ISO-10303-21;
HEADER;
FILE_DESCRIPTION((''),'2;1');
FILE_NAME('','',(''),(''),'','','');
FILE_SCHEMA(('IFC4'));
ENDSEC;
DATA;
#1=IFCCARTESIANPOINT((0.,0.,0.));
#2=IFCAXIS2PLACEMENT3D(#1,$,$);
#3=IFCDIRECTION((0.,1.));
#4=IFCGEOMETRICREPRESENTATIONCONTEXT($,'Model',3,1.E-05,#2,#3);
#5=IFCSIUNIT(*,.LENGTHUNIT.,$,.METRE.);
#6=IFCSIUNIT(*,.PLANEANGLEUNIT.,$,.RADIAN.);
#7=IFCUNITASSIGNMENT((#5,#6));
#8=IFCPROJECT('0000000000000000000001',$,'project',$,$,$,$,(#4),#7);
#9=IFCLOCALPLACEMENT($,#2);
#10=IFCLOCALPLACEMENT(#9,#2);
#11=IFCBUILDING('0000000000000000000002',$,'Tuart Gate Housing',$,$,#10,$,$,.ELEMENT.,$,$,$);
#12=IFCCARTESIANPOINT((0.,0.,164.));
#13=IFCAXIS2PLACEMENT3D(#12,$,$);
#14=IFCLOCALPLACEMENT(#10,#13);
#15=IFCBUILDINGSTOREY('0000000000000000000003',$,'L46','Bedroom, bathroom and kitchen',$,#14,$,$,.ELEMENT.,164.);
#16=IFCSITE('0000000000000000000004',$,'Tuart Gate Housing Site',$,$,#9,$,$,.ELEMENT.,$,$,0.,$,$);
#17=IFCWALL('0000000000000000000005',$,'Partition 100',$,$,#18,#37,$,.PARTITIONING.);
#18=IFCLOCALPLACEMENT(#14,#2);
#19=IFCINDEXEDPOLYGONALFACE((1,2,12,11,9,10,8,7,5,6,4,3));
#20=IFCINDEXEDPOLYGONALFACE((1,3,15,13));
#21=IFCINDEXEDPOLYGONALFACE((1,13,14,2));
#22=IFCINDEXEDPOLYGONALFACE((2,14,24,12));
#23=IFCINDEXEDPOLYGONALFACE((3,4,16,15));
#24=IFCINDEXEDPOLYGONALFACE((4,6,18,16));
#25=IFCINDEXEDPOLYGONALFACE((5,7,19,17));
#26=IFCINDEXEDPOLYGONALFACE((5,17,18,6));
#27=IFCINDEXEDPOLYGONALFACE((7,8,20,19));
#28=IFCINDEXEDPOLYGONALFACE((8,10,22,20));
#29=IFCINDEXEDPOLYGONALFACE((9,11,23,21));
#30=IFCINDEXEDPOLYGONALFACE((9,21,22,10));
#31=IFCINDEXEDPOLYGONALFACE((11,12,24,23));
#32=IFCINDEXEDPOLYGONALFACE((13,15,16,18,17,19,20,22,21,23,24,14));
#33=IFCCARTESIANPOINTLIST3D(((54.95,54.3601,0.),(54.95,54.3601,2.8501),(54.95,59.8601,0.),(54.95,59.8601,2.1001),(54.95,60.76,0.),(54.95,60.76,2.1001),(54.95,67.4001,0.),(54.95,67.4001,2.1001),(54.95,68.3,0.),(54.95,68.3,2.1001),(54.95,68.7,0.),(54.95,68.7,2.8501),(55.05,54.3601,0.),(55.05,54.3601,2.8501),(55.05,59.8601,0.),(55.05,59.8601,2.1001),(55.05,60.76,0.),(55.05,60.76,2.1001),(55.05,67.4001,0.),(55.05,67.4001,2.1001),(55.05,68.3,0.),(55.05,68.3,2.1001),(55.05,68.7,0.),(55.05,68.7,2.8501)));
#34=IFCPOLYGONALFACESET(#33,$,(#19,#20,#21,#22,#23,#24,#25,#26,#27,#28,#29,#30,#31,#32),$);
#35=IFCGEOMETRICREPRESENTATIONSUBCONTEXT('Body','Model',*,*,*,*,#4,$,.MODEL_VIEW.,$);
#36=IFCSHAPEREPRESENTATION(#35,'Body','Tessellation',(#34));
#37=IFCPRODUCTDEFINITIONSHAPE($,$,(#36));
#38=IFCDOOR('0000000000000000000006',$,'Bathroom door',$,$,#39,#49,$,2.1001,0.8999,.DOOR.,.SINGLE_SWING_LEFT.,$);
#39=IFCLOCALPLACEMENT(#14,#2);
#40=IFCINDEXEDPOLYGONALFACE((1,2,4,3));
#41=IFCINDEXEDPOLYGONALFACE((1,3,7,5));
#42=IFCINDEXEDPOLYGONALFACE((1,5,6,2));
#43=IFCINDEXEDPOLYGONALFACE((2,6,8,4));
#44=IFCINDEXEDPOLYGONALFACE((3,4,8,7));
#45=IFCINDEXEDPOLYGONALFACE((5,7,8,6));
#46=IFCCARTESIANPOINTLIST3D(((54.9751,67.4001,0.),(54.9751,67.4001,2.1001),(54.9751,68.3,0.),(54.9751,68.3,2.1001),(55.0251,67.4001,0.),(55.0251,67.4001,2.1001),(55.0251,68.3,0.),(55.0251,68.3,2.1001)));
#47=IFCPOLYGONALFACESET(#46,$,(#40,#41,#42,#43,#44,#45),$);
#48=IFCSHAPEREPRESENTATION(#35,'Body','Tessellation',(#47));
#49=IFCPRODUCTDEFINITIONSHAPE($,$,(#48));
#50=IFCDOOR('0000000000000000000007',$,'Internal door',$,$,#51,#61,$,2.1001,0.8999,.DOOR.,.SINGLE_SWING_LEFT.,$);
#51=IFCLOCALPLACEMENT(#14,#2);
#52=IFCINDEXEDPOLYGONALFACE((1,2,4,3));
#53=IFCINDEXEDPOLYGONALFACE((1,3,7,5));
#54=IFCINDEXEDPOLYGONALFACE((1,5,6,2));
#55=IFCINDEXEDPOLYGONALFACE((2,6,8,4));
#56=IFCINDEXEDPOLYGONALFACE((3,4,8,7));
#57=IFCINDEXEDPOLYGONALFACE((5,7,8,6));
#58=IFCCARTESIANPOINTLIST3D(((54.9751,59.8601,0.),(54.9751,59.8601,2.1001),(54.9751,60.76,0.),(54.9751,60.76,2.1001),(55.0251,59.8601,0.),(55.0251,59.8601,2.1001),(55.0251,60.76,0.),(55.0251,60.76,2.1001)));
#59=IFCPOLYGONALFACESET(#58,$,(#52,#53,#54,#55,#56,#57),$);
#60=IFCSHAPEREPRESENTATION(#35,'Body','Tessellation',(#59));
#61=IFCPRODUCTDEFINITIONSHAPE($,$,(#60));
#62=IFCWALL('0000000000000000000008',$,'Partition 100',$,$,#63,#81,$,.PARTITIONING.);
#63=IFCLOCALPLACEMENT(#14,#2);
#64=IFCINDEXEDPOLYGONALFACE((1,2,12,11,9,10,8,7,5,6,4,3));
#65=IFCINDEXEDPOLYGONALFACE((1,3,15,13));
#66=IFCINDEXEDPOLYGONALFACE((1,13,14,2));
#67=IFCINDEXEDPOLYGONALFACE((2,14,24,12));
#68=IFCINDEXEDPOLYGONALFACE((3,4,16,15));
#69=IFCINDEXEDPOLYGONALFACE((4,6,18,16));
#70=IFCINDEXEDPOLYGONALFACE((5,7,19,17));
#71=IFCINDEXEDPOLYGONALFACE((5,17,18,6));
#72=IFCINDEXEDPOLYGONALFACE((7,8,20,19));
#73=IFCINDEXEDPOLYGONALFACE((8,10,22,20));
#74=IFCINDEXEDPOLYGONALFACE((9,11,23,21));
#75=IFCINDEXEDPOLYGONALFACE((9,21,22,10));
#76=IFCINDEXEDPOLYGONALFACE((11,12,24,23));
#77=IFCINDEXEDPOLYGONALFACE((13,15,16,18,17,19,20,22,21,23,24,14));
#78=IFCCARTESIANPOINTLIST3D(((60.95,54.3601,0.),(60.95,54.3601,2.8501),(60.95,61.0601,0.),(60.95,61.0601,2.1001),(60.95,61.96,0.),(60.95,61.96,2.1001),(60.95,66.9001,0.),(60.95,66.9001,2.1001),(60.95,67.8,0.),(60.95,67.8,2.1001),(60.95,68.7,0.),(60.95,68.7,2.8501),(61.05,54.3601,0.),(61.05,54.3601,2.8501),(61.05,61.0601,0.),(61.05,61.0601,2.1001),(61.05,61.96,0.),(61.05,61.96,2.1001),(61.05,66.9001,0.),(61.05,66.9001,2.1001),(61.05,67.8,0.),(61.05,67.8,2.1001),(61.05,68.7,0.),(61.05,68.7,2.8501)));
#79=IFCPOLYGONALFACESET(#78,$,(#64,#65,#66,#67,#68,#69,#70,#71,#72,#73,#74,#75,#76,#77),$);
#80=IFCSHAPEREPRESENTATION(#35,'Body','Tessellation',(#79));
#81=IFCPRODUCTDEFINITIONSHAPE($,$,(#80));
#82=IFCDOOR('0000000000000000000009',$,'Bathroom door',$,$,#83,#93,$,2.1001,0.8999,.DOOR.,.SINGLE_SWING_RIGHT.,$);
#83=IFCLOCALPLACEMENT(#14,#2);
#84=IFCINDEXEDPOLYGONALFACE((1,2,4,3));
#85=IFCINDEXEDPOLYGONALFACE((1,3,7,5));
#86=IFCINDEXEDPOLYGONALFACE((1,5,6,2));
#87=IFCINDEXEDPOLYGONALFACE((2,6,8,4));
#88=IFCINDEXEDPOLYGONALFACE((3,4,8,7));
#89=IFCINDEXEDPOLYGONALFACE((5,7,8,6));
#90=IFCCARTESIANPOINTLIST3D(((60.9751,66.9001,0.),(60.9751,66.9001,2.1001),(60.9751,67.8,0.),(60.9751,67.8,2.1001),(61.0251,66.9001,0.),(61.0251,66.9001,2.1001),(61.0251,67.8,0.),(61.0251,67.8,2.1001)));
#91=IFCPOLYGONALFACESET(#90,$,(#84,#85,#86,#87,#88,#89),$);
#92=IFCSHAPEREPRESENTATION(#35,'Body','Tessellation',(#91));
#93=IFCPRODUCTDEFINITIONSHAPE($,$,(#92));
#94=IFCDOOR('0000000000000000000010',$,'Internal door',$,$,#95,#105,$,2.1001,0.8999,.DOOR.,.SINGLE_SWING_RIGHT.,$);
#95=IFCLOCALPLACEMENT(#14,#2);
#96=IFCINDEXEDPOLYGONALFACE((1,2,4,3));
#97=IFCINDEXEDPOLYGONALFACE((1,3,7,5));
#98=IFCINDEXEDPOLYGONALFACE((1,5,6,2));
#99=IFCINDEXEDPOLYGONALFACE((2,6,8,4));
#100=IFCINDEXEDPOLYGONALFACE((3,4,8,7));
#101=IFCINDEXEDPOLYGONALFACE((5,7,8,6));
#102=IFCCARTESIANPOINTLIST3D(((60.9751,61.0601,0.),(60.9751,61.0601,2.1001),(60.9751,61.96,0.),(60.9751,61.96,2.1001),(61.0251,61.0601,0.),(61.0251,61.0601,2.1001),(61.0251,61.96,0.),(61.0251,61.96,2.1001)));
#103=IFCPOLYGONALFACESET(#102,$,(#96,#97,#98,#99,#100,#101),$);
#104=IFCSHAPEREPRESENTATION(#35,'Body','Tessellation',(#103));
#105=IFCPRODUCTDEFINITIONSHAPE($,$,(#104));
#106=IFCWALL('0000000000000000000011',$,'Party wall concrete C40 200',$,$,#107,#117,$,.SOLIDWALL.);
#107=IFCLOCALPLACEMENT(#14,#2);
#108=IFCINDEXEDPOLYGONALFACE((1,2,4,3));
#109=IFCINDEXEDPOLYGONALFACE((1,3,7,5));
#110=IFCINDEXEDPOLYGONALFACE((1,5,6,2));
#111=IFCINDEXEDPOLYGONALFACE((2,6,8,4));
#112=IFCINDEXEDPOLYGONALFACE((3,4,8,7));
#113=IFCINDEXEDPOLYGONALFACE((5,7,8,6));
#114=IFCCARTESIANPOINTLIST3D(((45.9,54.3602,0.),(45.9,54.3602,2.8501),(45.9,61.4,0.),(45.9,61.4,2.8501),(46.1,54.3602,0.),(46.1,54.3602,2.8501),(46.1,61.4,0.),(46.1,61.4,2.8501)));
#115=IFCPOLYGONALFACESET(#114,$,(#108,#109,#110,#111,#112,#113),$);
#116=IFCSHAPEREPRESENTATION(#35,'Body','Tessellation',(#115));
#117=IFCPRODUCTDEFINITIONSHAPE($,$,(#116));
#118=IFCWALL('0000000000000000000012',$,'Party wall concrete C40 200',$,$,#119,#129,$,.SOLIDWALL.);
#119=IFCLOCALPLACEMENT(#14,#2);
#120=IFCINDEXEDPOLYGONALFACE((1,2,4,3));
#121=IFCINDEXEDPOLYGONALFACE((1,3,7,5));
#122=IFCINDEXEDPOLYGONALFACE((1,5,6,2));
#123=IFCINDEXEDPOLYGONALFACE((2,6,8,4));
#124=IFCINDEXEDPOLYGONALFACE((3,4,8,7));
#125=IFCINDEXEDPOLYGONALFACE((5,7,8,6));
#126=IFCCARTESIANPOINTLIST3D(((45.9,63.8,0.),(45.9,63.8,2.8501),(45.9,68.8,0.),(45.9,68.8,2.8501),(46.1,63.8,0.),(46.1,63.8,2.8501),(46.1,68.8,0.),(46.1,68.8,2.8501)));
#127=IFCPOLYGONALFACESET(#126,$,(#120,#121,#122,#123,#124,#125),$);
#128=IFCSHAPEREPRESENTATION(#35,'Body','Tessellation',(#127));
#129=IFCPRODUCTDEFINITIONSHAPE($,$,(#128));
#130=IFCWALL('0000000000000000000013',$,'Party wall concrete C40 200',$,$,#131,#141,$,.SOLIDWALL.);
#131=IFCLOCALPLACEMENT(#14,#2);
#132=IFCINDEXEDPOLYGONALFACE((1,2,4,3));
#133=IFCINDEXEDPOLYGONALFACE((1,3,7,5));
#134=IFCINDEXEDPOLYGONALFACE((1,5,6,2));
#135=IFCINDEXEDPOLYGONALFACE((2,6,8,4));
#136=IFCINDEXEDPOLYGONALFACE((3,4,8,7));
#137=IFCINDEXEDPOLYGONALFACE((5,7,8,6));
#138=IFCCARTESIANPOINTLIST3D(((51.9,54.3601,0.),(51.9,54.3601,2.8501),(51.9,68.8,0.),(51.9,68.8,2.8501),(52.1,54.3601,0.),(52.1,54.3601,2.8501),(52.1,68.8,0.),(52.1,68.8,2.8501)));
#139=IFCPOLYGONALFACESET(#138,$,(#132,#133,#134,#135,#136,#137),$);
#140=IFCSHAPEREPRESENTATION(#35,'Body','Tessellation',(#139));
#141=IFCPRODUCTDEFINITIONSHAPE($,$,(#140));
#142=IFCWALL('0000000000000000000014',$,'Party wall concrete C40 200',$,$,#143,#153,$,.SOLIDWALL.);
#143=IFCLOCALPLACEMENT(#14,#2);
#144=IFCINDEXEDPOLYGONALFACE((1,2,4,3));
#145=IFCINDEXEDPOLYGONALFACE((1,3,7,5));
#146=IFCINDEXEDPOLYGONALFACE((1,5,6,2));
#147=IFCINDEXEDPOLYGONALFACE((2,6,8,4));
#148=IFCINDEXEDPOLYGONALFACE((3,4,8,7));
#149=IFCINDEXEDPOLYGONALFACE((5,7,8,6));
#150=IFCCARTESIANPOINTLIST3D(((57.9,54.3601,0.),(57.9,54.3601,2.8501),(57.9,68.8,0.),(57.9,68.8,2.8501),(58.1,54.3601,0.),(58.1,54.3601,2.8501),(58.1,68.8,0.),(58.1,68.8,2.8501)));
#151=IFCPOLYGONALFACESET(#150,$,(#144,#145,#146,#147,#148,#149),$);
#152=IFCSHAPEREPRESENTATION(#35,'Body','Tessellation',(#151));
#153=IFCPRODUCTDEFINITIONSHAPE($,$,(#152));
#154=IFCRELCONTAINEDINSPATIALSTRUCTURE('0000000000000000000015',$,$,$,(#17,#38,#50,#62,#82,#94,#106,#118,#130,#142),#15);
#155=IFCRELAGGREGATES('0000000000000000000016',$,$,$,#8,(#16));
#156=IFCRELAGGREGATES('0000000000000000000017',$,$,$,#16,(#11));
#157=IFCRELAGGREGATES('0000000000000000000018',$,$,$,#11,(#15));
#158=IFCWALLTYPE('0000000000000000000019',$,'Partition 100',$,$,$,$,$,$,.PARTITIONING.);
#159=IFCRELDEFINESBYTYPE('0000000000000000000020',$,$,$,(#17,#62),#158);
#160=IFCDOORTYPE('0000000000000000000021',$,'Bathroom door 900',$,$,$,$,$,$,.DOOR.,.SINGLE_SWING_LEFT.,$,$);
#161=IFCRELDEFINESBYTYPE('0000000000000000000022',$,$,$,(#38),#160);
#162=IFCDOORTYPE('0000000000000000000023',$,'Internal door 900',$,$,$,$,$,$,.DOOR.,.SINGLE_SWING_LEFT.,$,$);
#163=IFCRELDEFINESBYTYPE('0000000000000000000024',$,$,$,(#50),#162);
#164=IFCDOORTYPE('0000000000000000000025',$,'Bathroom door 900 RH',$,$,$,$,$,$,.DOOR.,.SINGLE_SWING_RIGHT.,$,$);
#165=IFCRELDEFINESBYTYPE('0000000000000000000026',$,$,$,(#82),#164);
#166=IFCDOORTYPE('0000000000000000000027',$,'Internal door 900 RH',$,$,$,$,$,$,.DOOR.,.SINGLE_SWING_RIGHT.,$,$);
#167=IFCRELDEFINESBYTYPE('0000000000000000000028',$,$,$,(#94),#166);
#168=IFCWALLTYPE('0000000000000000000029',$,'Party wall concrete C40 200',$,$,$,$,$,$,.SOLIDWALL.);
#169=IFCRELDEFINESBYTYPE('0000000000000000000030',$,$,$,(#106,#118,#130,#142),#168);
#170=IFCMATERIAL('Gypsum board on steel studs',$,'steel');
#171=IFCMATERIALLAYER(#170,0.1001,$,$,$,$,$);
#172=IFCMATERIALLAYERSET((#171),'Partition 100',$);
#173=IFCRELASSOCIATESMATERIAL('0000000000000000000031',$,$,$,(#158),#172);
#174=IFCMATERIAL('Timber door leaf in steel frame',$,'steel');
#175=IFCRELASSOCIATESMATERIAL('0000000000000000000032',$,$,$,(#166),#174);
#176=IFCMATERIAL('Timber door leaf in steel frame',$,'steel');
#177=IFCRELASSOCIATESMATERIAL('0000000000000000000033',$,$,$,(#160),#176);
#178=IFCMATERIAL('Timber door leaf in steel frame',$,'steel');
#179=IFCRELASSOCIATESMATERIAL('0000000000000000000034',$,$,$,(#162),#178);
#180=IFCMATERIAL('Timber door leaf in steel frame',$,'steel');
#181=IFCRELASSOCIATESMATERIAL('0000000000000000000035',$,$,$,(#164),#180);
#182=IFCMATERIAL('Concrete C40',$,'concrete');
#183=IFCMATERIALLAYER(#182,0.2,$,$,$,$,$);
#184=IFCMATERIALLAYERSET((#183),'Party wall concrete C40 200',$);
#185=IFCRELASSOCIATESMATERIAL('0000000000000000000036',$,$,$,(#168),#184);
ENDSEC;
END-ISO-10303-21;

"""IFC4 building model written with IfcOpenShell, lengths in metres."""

from ifc_helpers import new_model, si_unit, direction, frame, frame_2d, origin, place, context, subcontext, project, spatial, rectangle, extrude, material, layer, layer_set, type_object, element, fill, save


model = new_model("IFC4")

# Units and contexts
model_context = context("Model", 3, precision=1e-05, world=origin(), true_north=direction((0.0, 1.0)))
body_context = subcontext(model_context, "Body", "Model", "MODEL_VIEW")
ifc_project = project(units=[si_unit("LENGTHUNIT", "METRE"), si_unit("PLANEANGLEUNIT", "RADIAN")], contexts=[model_context])

# Site, building, storey
site_placement = place(None, origin())
site = spatial("IfcSite", under=ifc_project, at=site_placement, Name="Tuart Gate Housing Site", CompositionType="ELEMENT", RefElevation=0.0)
building_placement = place(site_placement, origin())
building = spatial("IfcBuilding", under=site, at=building_placement, Name="Tuart Gate Housing", CompositionType="ELEMENT")
storey_placement = place(building_placement, frame((0.0, 0.0, 164.0)))
storey = spatial("IfcBuildingStorey", under=building, at=storey_placement, Name="L46", Description="Bedroom, bathroom and kitchen", CompositionType="ELEMENT", Elevation=164.0)

# Shared definitions
ifc_material_1 = material(Name="Gypsum board on steel studs", Category="steel")
ifc_layer_1 = layer(ifc_material_1, 0.1001)
ifc_layer_set_1 = layer_set([ifc_layer_1], Name="Partition 100")
wall_type_1 = type_object("IfcWallType", Name="Partition 100", PredefinedType="PARTITIONING", material=ifc_layer_set_1)
ifc_material_2 = material(Name="Timber door leaf in steel frame", Category="steel")
door_type_1 = type_object("IfcDoorType", Name="Internal door 900 RH", OperationType="SINGLE_SWING_RIGHT", PredefinedType="DOOR", material=ifc_material_2)

# Walls, openings, doors
ifc_material_3 = material(Name="Timber door leaf in steel frame", Category="steel")
door_type_2 = type_object("IfcDoorType", Name="Bathroom door 900", OperationType="SINGLE_SWING_LEFT", PredefinedType="DOOR", material=ifc_material_3)
ifc_material_4 = material(Name="Timber door leaf in steel frame", Category="steel")
door_type_3 = type_object("IfcDoorType", Name="Internal door 900", OperationType="SINGLE_SWING_LEFT", PredefinedType="DOOR", material=ifc_material_4)
wall_1_placement = place(storey_placement, frame((55.0, 54.3601, 0.0), z_axis=(0.0, 0.0, 1.0), x_axis=(0.0, 1.0, 0.0)))
wall_1 = element("IfcWall", 1, at=wall_1_placement, inside=storey, type_object=wall_type_1, Name="Partition 100", PredefinedType="PARTITIONING", context=body_context, shape_type="SweptSolid", body=[
    extrude(rectangle(XDim=14.3398, YDim=0.1001, at=frame_2d((7.1699, 0.0))), origin(), (0.0, 0.0, 1.0), 2.8501),
])
opening_1_placement = place(wall_1_placement, frame((5.5, 0.0, 0.0)))
opening_1 = element("IfcOpeningElement", 2, at=opening_1_placement, cuts=wall_1, PredefinedType="OPENING", context=body_context, shape_type="SweptSolid", body=[
    extrude(rectangle(XDim=0.8999, YDim=2.1001, at=frame_2d((0.45, 1.05))), frame((0.0, 0.0601, 0.0), z_axis=(0.0, -1.0, 0.0), x_axis=(1.0, 0.0, 0.0)), (0.0, 0.0, 1.0), 0.1201),
])
opening_2_placement = place(wall_1_placement, frame((13.04, 0.0, 0.0)))
opening_2 = element("IfcOpeningElement", 3, at=opening_2_placement, cuts=wall_1, PredefinedType="OPENING", context=body_context, shape_type="SweptSolid", body=[
    extrude(rectangle(XDim=0.8999, YDim=2.1001, at=frame_2d((0.45, 1.05))), frame((0.0, 0.0601, 0.0), z_axis=(0.0, -1.0, 0.0), x_axis=(1.0, 0.0, 0.0)), (0.0, 0.0, 1.0), 0.1201),
])
door_1_placement = place(opening_2_placement, frame((0.8999, 0.0, 0.0), z_axis=(0.0, 0.0, 1.0), x_axis=(-1.0, 0.0, 0.0)))
door_1 = element("IfcDoor", 4, at=door_1_placement, inside=storey, type_object=door_type_2, Name="Bathroom door", OperationType="SINGLE_SWING_LEFT", OverallHeight=2.1001, OverallWidth=0.8999, PredefinedType="DOOR", context=body_context, shape_type="SweptSolid", body=[
    extrude(rectangle(XDim=0.8999, YDim=2.1001, at=frame_2d((0.45, 1.05))), frame((0.0, 0.0251, 0.0), z_axis=(0.0, -1.0, 0.0), x_axis=(1.0, 0.0, 0.0)), (0.0, 0.0, 1.0), 0.05),
])
fill(opening_2, door_1)
door_2_placement = place(opening_1_placement, frame((0.8999, 0.0, 0.0), z_axis=(0.0, 0.0, 1.0), x_axis=(-1.0, 0.0, 0.0)))
door_2 = element("IfcDoor", 5, at=door_2_placement, inside=storey, type_object=door_type_3, Name="Internal door", OperationType="SINGLE_SWING_LEFT", OverallHeight=2.1001, OverallWidth=0.8999, PredefinedType="DOOR", context=body_context, shape_type="SweptSolid", body=[
    extrude(rectangle(XDim=0.8999, YDim=2.1001, at=frame_2d((0.45, 1.05))), frame((0.0, 0.0251, 0.0), z_axis=(0.0, -1.0, 0.0), x_axis=(1.0, 0.0, 0.0)), (0.0, 0.0, 1.0), 0.05),
])
fill(opening_1, door_2)
wall_2_placement = place(storey_placement, frame((61.0, 54.3601, 0.0), z_axis=(0.0, 0.0, 1.0), x_axis=(0.0, 1.0, 0.0)))
wall_2 = element("IfcWall", 6, at=wall_2_placement, inside=storey, type_object=wall_type_1, Name="Partition 100", PredefinedType="PARTITIONING", context=body_context, shape_type="SweptSolid", body=[
    extrude(rectangle(XDim=14.3398, YDim=0.1001, at=frame_2d((7.1699, 0.0))), origin(), (0.0, 0.0, 1.0), 2.8501),
])
opening_3_placement = place(wall_2_placement, frame((6.7, 0.0, 0.0)))
opening_3 = element("IfcOpeningElement", 7, at=opening_3_placement, cuts=wall_2, PredefinedType="OPENING", context=body_context, shape_type="SweptSolid", body=[
    extrude(rectangle(XDim=0.8999, YDim=2.1001, at=frame_2d((0.45, 1.05))), frame((0.0, 0.0601, 0.0), z_axis=(0.0, -1.0, 0.0), x_axis=(1.0, 0.0, 0.0)), (0.0, 0.0, 1.0), 0.1201),
])
opening_4_placement = place(wall_2_placement, frame((12.54, 0.0, 0.0)))
opening_4 = element("IfcOpeningElement", 8, at=opening_4_placement, cuts=wall_2, PredefinedType="OPENING", context=body_context, shape_type="SweptSolid", body=[
    extrude(rectangle(XDim=0.8999, YDim=2.1001, at=frame_2d((0.45, 1.05))), frame((0.0, 0.0601, 0.0), z_axis=(0.0, -1.0, 0.0), x_axis=(1.0, 0.0, 0.0)), (0.0, 0.0, 1.0), 0.1201),
])
ifc_material_5 = material(Name="Timber door leaf in steel frame", Category="steel")
door_type_4 = type_object("IfcDoorType", Name="Bathroom door 900 RH", OperationType="SINGLE_SWING_RIGHT", PredefinedType="DOOR", material=ifc_material_5)
door_3_placement = place(opening_4_placement, origin())
door_3 = element("IfcDoor", 9, at=door_3_placement, inside=storey, type_object=door_type_4, Name="Bathroom door", OperationType="SINGLE_SWING_RIGHT", OverallHeight=2.1001, OverallWidth=0.8999, PredefinedType="DOOR", context=body_context, shape_type="SweptSolid", body=[
    extrude(rectangle(XDim=0.8999, YDim=2.1001, at=frame_2d((0.45, 1.05))), frame((0.0, 0.0249, 0.0), z_axis=(0.0, -1.0, 0.0), x_axis=(1.0, 0.0, 0.0)), (0.0, 0.0, 1.0), 0.05),
])
fill(opening_4, door_3)
door_4_placement = place(opening_3_placement, origin())
door_4 = element("IfcDoor", 10, at=door_4_placement, inside=storey, type_object=door_type_1, Name="Internal door", OperationType="SINGLE_SWING_RIGHT", OverallHeight=2.1001, OverallWidth=0.8999, PredefinedType="DOOR", context=body_context, shape_type="SweptSolid", body=[
    extrude(rectangle(XDim=0.8999, YDim=2.1001, at=frame_2d((0.45, 1.05))), frame((0.0, 0.0249, 0.0), z_axis=(0.0, -1.0, 0.0), x_axis=(1.0, 0.0, 0.0)), (0.0, 0.0, 1.0), 0.05),
])
fill(opening_3, door_4)

# Walls
ifc_material_6 = material(Name="Concrete C40", Category="concrete")
ifc_layer_2 = layer(ifc_material_6, 0.2)
ifc_layer_set_2 = layer_set([ifc_layer_2], Name="Party wall concrete C40 200")
wall_type_2 = type_object("IfcWallType", Name="Party wall concrete C40 200", PredefinedType="SOLIDWALL", material=ifc_layer_set_2)
wall_3_placement = place(storey_placement, frame((46.0, 54.3601, 0.0), z_axis=(0.0, 0.0, 1.0), x_axis=(0.0, 1.0, 0.0)))
element("IfcWall", 11, at=wall_3_placement, inside=storey, type_object=wall_type_2, Name="Party wall concrete C40 200", PredefinedType="SOLIDWALL", context=body_context, shape_type="SweptSolid", body=[
    extrude(rectangle(XDim=7.0398, YDim=0.2, at=frame_2d((3.52, 0.0))), origin(), (0.0, 0.0, 1.0), 2.8501),
])
wall_4_placement = place(storey_placement, frame((46.0, 63.8, 0.0), z_axis=(0.0, 0.0, 1.0), x_axis=(0.0, 1.0, 0.0)))
element("IfcWall", 12, at=wall_4_placement, inside=storey, type_object=wall_type_2, Name="Party wall concrete C40 200", PredefinedType="SOLIDWALL", context=body_context, shape_type="SweptSolid", body=[
    extrude(rectangle(XDim=5.0, YDim=0.2, at=frame_2d((2.5, 0.0))), origin(), (0.0, 0.0, 1.0), 2.8501),
])
for number, where, z_axis, x_axis, name in (
    (13, (52.0, 54.3601, 0.0), (0.0, 0.0, 1.0), (0.0, 1.0, 0.0), "Party wall concrete C40 200"),
    (14, (58.0, 54.3601, 0.0), (0.0, 0.0, 1.0), (0.0, 1.0, 0.0), "Party wall concrete C40 200"),
):
    element("IfcWall", number, at=place(storey_placement, frame(where, z_axis=z_axis, x_axis=x_axis)), inside=storey, type_object=wall_type_2, Name=name, PredefinedType="SOLIDWALL", context=body_context, shape_type="SweptSolid", body=[
        extrude(rectangle(XDim=14.4399, YDim=0.2, at=frame_2d((7.22, 0.0))), origin(), (0.0, 0.0, 1.0), 2.8501),
    ])

save(model, "model.ifc")
